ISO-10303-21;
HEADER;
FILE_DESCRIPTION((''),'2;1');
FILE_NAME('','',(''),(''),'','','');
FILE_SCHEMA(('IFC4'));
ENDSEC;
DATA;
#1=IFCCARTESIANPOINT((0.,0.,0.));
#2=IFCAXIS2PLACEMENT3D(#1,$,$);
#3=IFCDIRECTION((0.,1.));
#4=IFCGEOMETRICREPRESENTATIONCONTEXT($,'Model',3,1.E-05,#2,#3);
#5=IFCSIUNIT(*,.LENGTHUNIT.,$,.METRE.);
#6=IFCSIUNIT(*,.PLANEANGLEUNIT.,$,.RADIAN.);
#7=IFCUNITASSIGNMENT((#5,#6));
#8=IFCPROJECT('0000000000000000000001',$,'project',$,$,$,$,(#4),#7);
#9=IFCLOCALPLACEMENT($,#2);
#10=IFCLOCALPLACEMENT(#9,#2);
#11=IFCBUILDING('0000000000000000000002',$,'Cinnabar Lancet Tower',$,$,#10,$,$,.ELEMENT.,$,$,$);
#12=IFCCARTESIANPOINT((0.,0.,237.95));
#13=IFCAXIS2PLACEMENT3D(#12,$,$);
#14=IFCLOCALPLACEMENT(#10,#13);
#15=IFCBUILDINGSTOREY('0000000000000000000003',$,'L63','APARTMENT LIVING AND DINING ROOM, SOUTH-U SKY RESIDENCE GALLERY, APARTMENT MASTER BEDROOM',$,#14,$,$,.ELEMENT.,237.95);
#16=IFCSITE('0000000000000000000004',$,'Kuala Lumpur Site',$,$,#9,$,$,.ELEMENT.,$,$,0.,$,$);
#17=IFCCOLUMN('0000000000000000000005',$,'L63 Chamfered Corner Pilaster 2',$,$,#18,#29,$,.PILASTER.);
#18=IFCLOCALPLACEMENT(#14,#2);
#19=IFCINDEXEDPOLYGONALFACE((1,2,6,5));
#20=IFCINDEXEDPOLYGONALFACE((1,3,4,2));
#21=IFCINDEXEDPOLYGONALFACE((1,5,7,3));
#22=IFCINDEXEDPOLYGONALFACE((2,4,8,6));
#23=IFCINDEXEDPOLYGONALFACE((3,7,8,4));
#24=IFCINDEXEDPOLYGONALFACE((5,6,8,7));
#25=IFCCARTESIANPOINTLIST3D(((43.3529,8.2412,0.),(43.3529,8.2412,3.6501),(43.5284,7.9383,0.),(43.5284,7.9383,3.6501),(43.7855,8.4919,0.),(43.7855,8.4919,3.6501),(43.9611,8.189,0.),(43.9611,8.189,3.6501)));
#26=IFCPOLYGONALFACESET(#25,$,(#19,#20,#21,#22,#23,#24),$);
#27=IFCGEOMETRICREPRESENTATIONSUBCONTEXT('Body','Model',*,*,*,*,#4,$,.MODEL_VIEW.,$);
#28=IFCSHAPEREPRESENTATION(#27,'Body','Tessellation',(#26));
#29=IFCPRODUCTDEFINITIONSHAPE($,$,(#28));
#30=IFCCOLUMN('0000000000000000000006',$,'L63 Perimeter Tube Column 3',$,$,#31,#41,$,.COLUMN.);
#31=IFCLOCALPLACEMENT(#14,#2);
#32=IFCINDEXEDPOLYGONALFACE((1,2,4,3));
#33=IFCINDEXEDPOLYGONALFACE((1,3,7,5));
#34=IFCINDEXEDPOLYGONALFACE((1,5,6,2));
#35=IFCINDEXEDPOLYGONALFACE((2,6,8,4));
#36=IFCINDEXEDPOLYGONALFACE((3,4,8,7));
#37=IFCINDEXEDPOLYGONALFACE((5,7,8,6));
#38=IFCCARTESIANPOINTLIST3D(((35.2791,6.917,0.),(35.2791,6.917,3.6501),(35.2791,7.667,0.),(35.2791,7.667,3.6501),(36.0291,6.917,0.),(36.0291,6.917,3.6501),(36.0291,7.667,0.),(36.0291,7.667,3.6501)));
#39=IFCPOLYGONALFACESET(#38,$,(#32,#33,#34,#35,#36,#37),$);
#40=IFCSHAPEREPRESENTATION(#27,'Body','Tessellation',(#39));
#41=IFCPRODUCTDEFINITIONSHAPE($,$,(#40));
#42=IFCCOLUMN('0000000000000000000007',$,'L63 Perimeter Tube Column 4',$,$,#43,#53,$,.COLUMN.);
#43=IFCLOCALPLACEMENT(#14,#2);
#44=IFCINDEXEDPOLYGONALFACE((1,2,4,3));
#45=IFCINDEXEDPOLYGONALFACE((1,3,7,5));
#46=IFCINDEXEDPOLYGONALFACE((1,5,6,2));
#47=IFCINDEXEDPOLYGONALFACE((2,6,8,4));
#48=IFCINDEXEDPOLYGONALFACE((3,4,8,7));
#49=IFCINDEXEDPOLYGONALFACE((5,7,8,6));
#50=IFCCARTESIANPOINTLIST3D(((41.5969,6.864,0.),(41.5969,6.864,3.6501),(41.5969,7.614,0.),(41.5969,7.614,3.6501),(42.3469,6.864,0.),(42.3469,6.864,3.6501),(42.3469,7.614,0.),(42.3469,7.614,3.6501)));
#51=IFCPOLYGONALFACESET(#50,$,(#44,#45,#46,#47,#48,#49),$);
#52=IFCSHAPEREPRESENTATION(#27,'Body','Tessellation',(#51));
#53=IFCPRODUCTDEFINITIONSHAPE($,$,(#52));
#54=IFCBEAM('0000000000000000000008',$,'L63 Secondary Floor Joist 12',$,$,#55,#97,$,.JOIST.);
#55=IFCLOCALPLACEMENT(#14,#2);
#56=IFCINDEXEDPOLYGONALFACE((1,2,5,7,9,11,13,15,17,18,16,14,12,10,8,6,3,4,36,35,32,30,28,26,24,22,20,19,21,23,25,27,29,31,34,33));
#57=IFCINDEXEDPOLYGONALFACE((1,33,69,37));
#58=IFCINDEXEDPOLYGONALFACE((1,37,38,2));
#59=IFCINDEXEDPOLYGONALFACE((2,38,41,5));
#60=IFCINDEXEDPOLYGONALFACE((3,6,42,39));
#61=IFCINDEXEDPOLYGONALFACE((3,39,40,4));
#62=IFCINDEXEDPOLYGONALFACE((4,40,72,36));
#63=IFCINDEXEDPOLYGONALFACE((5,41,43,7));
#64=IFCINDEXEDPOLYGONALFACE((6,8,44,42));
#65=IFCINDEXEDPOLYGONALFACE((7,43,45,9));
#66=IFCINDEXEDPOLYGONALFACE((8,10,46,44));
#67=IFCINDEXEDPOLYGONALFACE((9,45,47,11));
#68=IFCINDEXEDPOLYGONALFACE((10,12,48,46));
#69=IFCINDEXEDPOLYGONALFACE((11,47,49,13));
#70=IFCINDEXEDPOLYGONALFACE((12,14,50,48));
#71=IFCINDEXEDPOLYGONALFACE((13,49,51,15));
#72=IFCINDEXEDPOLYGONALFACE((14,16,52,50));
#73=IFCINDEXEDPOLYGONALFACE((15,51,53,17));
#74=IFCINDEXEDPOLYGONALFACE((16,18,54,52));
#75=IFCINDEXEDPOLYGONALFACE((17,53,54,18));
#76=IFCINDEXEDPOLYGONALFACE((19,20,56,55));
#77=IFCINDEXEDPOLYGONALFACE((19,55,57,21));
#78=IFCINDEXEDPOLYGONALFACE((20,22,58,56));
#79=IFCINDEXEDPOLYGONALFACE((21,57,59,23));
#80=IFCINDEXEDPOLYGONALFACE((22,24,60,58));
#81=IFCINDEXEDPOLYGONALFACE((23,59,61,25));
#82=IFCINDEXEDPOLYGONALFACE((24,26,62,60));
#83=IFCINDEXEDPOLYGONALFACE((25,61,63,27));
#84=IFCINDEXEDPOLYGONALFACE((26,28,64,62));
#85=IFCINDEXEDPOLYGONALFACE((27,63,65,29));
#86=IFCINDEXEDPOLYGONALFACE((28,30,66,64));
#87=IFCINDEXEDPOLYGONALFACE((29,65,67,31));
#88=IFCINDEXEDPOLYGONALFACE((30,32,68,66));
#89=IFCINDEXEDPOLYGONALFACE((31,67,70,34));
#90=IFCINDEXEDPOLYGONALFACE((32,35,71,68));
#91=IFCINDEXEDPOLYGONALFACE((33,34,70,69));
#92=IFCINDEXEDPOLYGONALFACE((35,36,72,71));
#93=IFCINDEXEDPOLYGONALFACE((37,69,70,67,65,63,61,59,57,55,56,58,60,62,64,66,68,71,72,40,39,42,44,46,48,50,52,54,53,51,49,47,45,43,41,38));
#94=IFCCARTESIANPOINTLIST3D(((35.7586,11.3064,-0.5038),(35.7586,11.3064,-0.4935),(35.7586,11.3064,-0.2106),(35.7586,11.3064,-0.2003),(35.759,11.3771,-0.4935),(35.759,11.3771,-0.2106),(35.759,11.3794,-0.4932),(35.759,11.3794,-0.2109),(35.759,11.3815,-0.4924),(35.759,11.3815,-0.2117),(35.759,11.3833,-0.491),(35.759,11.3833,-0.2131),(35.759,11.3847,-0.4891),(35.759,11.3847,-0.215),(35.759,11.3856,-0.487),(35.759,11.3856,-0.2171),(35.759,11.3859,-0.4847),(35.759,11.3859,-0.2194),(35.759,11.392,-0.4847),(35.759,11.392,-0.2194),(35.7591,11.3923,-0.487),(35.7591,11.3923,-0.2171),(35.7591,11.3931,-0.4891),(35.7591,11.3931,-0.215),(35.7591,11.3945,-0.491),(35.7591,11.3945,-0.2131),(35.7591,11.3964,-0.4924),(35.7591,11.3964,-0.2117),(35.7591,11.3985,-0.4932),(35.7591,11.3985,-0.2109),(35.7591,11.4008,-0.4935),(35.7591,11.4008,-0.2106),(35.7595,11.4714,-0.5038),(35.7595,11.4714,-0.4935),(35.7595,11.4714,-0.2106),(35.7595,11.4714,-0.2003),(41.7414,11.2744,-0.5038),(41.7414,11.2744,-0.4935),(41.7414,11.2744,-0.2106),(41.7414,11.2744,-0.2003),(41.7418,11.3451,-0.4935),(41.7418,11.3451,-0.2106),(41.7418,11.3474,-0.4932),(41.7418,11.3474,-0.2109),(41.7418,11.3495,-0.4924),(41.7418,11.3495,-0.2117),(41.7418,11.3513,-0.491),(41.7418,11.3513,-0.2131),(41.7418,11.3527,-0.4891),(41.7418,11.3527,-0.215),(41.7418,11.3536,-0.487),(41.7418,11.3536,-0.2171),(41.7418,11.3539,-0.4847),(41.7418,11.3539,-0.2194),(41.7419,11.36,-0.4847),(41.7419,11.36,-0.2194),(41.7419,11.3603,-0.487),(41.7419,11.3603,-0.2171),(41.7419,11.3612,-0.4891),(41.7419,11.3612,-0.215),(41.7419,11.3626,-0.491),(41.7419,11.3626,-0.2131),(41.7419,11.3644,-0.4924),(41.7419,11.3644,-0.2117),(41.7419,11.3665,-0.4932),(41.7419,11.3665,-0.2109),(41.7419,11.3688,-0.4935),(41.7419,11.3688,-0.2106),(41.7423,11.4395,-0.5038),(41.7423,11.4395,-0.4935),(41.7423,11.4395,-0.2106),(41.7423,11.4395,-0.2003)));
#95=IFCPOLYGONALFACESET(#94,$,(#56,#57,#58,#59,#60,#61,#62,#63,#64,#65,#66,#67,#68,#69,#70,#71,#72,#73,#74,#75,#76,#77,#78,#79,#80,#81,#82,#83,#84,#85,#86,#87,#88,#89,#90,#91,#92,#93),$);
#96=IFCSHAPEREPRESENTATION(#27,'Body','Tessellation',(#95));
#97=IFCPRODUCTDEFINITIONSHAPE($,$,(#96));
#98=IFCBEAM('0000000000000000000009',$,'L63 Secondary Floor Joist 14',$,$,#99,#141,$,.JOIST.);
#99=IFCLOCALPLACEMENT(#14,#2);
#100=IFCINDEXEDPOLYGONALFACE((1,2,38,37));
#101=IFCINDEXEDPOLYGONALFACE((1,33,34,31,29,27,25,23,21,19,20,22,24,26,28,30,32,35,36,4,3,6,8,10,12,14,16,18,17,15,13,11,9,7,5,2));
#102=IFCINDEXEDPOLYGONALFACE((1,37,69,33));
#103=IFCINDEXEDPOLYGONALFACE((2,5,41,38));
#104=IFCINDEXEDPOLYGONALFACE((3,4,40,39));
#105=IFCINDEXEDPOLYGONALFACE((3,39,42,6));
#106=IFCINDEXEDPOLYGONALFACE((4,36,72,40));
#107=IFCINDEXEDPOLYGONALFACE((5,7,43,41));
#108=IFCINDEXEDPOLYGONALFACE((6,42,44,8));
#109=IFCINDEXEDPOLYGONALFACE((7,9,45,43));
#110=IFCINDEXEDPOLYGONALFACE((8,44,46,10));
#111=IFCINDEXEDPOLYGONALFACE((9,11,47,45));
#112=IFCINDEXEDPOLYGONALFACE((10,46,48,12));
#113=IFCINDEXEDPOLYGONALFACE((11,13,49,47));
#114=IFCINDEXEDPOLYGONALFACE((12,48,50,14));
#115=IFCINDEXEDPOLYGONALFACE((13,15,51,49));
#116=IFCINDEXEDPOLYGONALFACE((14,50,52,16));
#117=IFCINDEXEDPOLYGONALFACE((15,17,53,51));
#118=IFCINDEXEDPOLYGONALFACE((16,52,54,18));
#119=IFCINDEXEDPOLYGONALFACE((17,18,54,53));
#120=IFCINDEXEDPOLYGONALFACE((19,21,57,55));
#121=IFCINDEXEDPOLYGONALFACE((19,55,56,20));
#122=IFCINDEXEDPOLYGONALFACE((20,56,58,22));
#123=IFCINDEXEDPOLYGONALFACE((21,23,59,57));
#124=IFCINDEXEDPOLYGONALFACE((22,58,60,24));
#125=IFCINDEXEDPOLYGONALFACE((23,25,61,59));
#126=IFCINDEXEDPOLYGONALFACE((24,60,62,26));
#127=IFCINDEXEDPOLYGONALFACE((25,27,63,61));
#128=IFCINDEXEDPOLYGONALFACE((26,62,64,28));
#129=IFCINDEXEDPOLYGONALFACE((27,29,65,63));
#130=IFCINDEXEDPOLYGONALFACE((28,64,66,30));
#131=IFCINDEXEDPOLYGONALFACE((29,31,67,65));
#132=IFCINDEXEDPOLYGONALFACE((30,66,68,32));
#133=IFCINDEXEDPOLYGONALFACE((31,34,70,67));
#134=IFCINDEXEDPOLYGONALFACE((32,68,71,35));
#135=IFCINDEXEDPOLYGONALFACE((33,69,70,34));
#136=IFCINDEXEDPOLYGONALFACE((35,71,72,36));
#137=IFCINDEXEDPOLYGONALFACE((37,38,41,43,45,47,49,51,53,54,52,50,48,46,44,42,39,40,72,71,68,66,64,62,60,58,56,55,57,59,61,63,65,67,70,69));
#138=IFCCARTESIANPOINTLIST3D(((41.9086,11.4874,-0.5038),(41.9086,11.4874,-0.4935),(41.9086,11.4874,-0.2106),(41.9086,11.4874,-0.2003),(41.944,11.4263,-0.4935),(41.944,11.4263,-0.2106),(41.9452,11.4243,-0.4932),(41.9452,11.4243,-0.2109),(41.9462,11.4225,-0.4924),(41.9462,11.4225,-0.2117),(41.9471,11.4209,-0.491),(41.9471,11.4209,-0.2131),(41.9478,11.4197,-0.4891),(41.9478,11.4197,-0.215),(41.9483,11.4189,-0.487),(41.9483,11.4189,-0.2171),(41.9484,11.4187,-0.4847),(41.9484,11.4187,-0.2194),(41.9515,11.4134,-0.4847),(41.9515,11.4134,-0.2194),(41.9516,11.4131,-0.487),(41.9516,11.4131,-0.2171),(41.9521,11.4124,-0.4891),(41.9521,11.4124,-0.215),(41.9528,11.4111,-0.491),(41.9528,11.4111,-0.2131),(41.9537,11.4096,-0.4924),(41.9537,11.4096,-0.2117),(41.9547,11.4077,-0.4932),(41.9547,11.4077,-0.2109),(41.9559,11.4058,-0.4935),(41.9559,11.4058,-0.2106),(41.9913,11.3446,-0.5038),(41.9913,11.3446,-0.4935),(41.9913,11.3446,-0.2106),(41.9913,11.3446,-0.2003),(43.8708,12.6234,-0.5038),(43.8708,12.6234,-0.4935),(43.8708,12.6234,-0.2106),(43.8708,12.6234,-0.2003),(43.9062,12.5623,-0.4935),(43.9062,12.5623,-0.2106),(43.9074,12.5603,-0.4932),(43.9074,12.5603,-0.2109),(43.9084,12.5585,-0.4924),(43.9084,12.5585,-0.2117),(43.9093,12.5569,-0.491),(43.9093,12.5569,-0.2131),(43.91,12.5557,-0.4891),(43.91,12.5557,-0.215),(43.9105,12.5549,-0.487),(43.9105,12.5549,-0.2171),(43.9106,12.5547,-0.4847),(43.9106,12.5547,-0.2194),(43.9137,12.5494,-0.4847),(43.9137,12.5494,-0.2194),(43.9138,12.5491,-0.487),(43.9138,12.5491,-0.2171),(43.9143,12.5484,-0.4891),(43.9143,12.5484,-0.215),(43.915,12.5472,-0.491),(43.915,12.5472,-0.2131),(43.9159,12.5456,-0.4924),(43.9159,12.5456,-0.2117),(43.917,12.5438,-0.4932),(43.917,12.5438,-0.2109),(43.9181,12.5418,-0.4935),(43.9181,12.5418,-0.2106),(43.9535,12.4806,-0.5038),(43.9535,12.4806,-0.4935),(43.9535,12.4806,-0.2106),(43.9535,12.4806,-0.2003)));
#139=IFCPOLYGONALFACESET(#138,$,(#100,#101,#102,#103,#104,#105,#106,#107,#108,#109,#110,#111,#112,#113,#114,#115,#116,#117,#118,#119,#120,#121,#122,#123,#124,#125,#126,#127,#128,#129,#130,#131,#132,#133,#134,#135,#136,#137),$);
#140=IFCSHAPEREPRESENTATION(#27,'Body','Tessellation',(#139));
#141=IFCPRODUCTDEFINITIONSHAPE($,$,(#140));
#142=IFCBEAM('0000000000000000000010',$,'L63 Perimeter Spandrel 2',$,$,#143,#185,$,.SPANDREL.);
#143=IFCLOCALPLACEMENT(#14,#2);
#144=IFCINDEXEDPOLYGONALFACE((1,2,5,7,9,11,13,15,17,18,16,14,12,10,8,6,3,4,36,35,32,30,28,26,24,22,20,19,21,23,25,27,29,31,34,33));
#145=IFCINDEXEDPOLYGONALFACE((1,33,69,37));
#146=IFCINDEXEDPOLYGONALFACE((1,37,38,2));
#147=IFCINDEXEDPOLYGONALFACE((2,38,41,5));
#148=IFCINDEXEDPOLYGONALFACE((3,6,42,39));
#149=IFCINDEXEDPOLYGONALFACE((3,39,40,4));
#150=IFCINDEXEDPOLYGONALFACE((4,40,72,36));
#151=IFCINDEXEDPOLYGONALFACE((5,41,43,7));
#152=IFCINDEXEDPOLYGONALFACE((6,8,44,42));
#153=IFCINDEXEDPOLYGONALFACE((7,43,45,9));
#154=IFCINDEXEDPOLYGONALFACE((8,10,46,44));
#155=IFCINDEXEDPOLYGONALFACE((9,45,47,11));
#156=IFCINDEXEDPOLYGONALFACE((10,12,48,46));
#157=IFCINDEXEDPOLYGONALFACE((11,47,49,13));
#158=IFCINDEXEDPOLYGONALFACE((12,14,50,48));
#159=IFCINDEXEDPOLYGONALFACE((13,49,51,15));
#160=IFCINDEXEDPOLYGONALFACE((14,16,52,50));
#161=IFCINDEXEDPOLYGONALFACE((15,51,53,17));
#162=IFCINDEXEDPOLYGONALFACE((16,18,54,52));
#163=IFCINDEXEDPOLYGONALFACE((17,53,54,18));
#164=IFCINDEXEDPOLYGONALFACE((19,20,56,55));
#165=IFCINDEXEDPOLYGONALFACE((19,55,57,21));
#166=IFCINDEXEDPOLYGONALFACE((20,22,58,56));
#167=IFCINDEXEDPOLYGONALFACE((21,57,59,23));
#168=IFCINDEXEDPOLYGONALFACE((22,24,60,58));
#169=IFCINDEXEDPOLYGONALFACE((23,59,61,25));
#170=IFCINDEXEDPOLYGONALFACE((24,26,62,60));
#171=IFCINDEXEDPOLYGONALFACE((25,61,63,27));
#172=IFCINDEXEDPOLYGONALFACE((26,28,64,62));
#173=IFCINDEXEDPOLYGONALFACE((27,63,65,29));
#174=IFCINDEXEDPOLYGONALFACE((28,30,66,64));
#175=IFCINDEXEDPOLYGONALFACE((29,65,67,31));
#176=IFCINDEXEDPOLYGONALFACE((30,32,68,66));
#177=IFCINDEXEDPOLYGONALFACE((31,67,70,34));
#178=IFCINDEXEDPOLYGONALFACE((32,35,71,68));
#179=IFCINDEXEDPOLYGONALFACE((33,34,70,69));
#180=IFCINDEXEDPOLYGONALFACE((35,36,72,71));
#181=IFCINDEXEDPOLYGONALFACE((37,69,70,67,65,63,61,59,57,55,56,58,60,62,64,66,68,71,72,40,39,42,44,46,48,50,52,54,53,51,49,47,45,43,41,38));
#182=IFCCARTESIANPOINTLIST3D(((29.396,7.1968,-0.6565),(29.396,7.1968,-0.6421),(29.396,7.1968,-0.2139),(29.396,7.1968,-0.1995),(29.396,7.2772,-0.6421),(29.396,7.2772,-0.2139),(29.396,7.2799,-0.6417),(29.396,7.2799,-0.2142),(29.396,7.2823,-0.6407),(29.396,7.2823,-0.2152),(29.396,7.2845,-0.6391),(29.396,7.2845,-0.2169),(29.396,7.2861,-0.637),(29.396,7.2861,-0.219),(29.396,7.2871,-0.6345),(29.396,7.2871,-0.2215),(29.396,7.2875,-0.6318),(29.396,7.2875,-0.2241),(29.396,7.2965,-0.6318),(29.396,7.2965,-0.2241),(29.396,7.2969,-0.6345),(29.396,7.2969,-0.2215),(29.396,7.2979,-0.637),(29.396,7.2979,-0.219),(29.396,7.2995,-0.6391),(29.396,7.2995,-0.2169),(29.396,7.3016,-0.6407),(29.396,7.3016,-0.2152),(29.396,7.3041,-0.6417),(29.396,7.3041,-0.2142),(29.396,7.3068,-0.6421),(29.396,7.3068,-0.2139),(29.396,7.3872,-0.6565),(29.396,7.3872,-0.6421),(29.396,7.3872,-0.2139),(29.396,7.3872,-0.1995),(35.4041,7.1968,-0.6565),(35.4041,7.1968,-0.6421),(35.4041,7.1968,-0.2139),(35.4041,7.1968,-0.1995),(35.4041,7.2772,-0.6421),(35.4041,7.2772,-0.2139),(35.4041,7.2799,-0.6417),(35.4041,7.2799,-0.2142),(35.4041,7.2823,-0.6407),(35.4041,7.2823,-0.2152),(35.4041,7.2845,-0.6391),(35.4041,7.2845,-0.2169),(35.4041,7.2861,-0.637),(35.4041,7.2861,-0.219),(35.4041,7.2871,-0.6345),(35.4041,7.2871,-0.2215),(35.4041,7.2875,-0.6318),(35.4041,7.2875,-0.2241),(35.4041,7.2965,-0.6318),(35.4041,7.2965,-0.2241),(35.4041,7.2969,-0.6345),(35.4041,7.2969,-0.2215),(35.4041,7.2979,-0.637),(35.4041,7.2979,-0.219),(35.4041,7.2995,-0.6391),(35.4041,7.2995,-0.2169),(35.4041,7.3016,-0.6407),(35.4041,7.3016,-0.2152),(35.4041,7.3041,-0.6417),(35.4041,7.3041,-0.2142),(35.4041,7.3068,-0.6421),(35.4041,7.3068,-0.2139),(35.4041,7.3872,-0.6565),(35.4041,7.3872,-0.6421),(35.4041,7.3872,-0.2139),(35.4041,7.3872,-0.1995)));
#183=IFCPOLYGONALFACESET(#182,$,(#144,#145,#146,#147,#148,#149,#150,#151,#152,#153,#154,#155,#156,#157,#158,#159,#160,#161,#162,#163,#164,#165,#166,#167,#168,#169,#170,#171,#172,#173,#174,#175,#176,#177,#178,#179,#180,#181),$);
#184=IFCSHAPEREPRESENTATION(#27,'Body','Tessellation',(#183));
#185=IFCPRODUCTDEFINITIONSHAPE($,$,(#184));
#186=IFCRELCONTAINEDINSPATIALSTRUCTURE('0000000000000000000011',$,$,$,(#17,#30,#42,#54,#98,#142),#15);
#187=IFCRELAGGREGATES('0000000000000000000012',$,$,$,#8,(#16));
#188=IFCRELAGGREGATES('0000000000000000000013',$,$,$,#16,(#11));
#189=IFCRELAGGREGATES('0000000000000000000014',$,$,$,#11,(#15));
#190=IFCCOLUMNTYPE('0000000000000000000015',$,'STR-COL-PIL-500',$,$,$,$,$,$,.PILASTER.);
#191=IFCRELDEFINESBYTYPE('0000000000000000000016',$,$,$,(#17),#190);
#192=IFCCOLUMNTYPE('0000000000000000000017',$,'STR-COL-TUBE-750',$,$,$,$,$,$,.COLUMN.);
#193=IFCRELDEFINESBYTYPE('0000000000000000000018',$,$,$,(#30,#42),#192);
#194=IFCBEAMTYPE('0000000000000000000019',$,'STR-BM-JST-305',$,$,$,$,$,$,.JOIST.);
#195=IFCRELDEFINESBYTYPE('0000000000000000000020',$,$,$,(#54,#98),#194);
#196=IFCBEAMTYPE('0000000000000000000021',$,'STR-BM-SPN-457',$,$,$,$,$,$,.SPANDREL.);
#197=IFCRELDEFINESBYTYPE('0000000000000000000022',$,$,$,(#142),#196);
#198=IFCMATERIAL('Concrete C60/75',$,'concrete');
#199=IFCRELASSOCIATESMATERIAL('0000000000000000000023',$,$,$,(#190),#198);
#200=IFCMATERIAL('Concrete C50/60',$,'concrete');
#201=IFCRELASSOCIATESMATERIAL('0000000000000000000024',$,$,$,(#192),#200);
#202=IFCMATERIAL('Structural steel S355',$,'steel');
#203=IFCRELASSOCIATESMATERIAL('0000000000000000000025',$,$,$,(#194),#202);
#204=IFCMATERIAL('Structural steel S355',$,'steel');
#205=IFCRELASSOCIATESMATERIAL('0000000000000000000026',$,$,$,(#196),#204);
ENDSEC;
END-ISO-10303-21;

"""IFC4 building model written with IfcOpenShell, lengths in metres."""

from ifc_helpers import new_model, si_unit, direction, frame, origin, origin_2d, place, context, subcontext, project, spatial, rectangle, i_section, extrude, material, material_profile, profile_set, type_object, element, save


model = new_model("IFC4")

# Units and contexts
model_context = context("Model", 3, precision=1e-05, world=origin(), true_north=direction((0.0, 1.0)))
body_context = subcontext(model_context, "Body", "Model", "MODEL_VIEW")
ifc_project = project(units=[si_unit("LENGTHUNIT", "METRE"), si_unit("PLANEANGLEUNIT", "RADIAN")], contexts=[model_context])

# Site, building, storey
site_placement = place(None, origin())
site = spatial("IfcSite", under=ifc_project, at=site_placement, Name="Kuala Lumpur Site", CompositionType="ELEMENT", RefElevation=0.0)
building_placement = place(site_placement, origin())
building = spatial("IfcBuilding", under=site, at=building_placement, Name="Cinnabar Lancet Tower", CompositionType="ELEMENT")
storey_placement = place(building_placement, frame((0.0, 0.0, 237.95)))
storey = spatial("IfcBuildingStorey", under=building, at=storey_placement, Name="L63", Description="APARTMENT LIVING AND DINING ROOM, SOUTH-U SKY RESIDENCE GALLERY, APARTMENT MASTER BEDROOM", CompositionType="ELEMENT", Elevation=237.95)

# Columns
ifc_material_1 = material(Name="Concrete C60/75", Category="concrete")
ifc_material_profile_1 = material_profile(ifc_material_1, rectangle(XDim=0.5, YDim=0.3501, at=origin_2d()), Name="RC-PIL 500x350")
ifc_profile_set_1 = profile_set([ifc_material_profile_1], Name="Concrete C60/75")
column_type_1 = type_object("IfcColumnType", Name="STR-COL-PIL-500", PredefinedType="PILASTER", material=ifc_profile_set_1)
column_placement = place(storey_placement, frame((43.657, 8.2151, 0.0), z_axis=(0.0, 0.0, 1.0), x_axis=(0.865256, 0.50133, 0.0)))
element("IfcColumn", 1, at=column_placement, inside=storey, type_object=column_type_1, Name="L63 Chamfered Corner Pilaster 2", PredefinedType="PILASTER", context=body_context, shape_type="SweptSolid", body=[
    extrude(rectangle(XDim=0.5, YDim=0.3501, at=origin_2d()), origin(), (0.0, 0.0, 1.0), 3.6501),
])
ifc_material_2 = material(Name="Concrete C50/60", Category="concrete")
ifc_material_profile_2 = material_profile(ifc_material_2, rectangle(XDim=0.75, YDim=0.75, at=origin_2d()), Name="RC-COL 750x750")
ifc_profile_set_2 = profile_set([ifc_material_profile_2], Name="Concrete C50/60")
column_type_2 = type_object("IfcColumnType", Name="STR-COL-TUBE-750", PredefinedType="COLUMN", material=ifc_profile_set_2)
for number, where, z_axis, x_axis, name in (
    (2, (35.6541, 7.292, 0.0), (0.0, 0.0, 1.0), (1.0, 0.0, 0.0), "L63 Perimeter Tube Column 3"),
    (3, (41.9719, 7.239, 0.0), (0.0, 0.0, 1.0), (1.0, 0.0, 0.0), "L63 Perimeter Tube Column 4"),
):
    element("IfcColumn", number, at=place(storey_placement, frame(where, z_axis=z_axis, x_axis=x_axis)), inside=storey, type_object=column_type_2, Name=name, PredefinedType="COLUMN", context=body_context, shape_type="SweptSolid", body=[
        extrude(rectangle(XDim=0.75, YDim=0.75, at=origin_2d()), origin(), (0.0, 0.0, 1.0), 3.6501),
    ])

# Beams
ifc_material_3 = material(Name="Structural steel S355", Category="steel")
ifc_material_profile_3 = material_profile(ifc_material_3, i_section(OverallWidth=0.165, OverallDepth=0.3035, WebThickness=0.0061, FlangeThickness=0.0103, FilletRadius=0.0088, at=origin_2d()), Name="UKB 305x165x40")
ifc_profile_set_3 = profile_set([ifc_material_profile_3], Name="Structural steel S355")
beam_type_1 = type_object("IfcBeamType", Name="STR-BM-JST-305", PredefinedType="JOIST", material=ifc_profile_set_3)
beam_1_placement = place(storey_placement, frame((35.759, 11.3889, -0.3521), z_axis=(0.999986, -0.005346, 0.0), x_axis=(0.005346, 0.999986, 0.0)))
element("IfcBeam", 4, at=beam_1_placement, inside=storey, type_object=beam_type_1, Name="L63 Secondary Floor Joist 12", PredefinedType="JOIST", context=body_context, shape_type="SweptSolid", body=[
    extrude(i_section(OverallWidth=0.165, OverallDepth=0.3035, WebThickness=0.0061, FlangeThickness=0.0103, FilletRadius=0.0088, at=origin_2d()), origin(), (0.0, 0.0, 1.0), 5.9829),
])
beam_2_placement = place(storey_placement, frame((41.95, 11.416, -0.3521), z_axis=(0.865426, 0.501036, 0.0), x_axis=(-0.501036, 0.865426, 0.0)))
element("IfcBeam", 5, at=beam_2_placement, inside=storey, type_object=beam_type_1, Name="L63 Secondary Floor Joist 14", PredefinedType="JOIST", context=body_context, shape_type="SweptSolid", body=[
    extrude(i_section(OverallWidth=0.165, OverallDepth=0.3035, WebThickness=0.0061, FlangeThickness=0.0103, FilletRadius=0.0088, at=origin_2d()), origin(), (0.0, 0.0, 1.0), 2.2673),
])
ifc_material_4 = material(Name="Structural steel S355", Category="steel")
ifc_material_profile_4 = material_profile(ifc_material_4, i_section(OverallWidth=0.1904, OverallDepth=0.457, WebThickness=0.009, FlangeThickness=0.0144, FilletRadius=0.0103, at=origin_2d()), Name="UKB 457x191x74")
ifc_profile_set_4 = profile_set([ifc_material_profile_4], Name="Structural steel S355")
beam_type_2 = type_object("IfcBeamType", Name="STR-BM-SPN-457", PredefinedType="SPANDREL", material=ifc_profile_set_4)
beam_3_placement = place(storey_placement, frame((29.396, 7.292, -0.428), z_axis=(1.0, 0.0, 0.0), x_axis=(0.0, 1.0, 0.0)))
element("IfcBeam", 6, at=beam_3_placement, inside=storey, type_object=beam_type_2, Name="L63 Perimeter Spandrel 2", PredefinedType="SPANDREL", context=body_context, shape_type="SweptSolid", body=[
    extrude(i_section(OverallWidth=0.1904, OverallDepth=0.457, WebThickness=0.009, FlangeThickness=0.0144, FilletRadius=0.0103, at=origin_2d()), origin(), (0.0, 0.0, 1.0), 6.0081),
])

save(model, "model.ifc")
